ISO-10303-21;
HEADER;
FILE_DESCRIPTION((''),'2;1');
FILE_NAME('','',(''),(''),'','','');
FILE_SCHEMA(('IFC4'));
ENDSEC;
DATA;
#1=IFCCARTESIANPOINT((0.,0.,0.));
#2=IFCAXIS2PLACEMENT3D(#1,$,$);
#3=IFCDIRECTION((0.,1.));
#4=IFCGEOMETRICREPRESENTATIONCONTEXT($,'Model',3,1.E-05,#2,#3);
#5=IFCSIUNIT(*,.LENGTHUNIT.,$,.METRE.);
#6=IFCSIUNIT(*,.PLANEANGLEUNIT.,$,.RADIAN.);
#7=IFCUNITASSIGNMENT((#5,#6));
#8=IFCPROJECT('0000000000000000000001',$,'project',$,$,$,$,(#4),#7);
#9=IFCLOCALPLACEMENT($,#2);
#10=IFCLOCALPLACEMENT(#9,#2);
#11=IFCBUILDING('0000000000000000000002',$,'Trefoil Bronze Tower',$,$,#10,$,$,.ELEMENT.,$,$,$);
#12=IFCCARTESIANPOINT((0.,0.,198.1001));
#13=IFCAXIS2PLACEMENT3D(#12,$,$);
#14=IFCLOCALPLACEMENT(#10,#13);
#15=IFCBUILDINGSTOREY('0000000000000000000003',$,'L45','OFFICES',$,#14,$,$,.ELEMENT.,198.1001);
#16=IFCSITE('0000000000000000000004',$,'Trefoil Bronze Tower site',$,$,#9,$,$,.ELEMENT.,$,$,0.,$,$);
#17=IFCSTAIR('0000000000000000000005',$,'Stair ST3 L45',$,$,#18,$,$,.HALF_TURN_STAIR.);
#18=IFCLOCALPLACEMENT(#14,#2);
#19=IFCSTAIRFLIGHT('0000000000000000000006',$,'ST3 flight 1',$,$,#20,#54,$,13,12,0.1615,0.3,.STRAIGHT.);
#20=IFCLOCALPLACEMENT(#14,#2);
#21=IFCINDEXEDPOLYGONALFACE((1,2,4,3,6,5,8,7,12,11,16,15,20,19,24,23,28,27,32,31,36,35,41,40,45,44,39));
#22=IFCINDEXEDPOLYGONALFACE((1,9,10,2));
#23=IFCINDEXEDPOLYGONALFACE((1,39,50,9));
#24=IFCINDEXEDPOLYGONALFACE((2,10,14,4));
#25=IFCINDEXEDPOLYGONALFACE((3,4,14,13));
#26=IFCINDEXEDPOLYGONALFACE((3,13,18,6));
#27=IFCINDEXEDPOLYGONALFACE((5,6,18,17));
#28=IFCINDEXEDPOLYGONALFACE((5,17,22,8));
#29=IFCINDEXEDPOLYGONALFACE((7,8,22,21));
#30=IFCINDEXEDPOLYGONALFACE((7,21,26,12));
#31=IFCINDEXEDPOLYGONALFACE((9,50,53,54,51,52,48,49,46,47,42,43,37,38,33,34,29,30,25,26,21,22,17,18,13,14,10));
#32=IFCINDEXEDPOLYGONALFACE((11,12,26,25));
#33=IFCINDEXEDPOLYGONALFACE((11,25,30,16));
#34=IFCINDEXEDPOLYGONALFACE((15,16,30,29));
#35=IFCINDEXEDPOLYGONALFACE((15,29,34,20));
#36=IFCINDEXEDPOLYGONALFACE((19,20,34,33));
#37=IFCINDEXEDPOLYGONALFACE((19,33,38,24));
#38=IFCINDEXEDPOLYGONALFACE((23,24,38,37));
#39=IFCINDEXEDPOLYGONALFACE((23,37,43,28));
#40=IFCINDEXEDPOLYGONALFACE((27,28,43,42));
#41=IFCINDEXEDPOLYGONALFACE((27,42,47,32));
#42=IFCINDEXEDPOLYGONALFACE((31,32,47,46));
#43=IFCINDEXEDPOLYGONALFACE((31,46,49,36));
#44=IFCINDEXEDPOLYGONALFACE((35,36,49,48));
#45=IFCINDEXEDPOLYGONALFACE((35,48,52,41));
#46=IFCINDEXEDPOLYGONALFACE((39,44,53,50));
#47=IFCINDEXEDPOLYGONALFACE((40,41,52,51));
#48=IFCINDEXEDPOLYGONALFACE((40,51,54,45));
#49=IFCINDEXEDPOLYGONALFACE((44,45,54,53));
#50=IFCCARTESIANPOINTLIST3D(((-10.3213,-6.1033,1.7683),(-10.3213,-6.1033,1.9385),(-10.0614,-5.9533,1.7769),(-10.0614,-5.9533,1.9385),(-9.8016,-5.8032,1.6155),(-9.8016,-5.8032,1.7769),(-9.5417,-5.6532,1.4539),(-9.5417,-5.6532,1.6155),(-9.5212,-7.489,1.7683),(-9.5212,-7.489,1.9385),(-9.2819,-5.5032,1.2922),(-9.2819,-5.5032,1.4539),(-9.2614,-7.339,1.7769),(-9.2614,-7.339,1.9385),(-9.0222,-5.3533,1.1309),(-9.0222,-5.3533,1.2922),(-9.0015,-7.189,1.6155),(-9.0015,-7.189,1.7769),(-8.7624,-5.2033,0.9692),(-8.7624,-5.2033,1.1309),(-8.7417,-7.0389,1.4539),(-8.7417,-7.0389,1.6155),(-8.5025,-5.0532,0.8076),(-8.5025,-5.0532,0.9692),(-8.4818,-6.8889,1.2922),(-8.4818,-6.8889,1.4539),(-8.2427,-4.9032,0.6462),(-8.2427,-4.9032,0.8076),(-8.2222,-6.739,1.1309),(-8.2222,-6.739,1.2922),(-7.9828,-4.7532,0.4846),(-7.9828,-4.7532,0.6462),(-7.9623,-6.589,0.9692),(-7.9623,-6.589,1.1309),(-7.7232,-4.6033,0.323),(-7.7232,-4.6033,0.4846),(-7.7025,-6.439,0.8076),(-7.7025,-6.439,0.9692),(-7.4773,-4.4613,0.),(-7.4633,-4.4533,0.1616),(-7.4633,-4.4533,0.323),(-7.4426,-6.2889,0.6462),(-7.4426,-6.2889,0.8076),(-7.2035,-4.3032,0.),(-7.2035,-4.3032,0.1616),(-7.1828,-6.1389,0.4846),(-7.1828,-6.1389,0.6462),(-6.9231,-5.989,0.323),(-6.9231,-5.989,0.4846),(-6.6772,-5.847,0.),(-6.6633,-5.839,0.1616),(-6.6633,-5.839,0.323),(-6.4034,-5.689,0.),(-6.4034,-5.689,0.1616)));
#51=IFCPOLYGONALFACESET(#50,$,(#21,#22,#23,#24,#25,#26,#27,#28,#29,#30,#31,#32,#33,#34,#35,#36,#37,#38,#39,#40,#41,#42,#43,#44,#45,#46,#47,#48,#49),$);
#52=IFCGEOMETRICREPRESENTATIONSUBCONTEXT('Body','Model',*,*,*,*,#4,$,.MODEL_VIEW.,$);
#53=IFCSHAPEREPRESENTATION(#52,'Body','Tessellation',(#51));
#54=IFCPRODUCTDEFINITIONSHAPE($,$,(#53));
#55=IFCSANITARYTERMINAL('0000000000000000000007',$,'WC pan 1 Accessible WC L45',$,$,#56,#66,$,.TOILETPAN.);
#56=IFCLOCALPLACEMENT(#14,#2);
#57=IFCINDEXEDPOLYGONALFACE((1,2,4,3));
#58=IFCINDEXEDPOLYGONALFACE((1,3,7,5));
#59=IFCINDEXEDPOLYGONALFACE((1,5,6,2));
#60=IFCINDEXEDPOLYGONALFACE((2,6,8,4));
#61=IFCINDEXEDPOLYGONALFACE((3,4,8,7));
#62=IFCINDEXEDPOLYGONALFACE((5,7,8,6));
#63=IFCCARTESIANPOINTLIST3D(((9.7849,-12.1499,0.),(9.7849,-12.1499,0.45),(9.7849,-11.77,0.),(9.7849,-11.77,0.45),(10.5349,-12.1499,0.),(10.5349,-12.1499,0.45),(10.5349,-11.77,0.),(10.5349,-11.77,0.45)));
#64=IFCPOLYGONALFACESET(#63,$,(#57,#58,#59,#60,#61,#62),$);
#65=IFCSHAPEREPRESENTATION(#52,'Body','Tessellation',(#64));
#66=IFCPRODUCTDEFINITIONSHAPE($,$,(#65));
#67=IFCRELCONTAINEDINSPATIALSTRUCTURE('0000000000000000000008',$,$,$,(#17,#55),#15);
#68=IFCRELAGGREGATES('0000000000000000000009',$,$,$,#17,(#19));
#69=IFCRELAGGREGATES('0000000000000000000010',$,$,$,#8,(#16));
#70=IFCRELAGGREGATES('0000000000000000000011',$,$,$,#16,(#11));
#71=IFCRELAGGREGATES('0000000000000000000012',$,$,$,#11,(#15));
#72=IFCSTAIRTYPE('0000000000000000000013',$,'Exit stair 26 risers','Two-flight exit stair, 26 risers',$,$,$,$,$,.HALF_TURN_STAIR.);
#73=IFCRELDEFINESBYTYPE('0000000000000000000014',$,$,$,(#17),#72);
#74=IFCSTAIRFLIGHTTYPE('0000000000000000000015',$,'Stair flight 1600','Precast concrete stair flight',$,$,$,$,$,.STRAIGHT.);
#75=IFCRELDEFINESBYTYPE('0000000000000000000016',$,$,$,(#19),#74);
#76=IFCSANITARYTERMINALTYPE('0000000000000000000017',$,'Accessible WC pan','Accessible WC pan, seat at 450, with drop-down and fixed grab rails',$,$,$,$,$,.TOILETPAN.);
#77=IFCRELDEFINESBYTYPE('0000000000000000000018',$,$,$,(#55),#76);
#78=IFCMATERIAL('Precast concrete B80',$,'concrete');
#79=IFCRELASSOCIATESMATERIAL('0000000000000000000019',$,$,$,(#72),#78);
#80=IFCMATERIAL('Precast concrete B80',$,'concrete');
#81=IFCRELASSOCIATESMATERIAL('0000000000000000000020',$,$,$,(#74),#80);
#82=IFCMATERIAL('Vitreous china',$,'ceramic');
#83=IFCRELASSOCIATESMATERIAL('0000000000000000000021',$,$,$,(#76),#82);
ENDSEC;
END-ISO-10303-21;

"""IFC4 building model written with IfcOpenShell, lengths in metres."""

from ifc_helpers import new_model, si_unit, direction, frame, origin, place, context, subcontext, project, spatial, polyline, outline, extrude, material, type_object, element, aggregate, save


model = new_model("IFC4")

# Units and contexts
model_context = context("Model", 3, precision=1e-05, world=origin(), true_north=direction((0.0, 1.0)))
body_context = subcontext(model_context, "Body", "Model", "MODEL_VIEW")
ifc_project = project(units=[si_unit("LENGTHUNIT", "METRE"), si_unit("PLANEANGLEUNIT", "RADIAN")], contexts=[model_context])

# Site, building, storey
site_placement = place(None, origin())
site = spatial("IfcSite", under=ifc_project, at=site_placement, Name="Trefoil Bronze Tower site", CompositionType="ELEMENT", RefElevation=0.0)
building_placement = place(site_placement, origin())
building = spatial("IfcBuilding", under=site, at=building_placement, Name="Trefoil Bronze Tower", CompositionType="ELEMENT")
storey_placement = place(building_placement, frame((0.0, 0.0, 198.1001)))
storey = spatial("IfcBuildingStorey", under=building, at=storey_placement, Name="L45", Description="OFFICES", CompositionType="ELEMENT", Elevation=198.1001)

# Stair, stair flight
ifc_material_1 = material(Name="Precast concrete B80", Category="concrete")
stair_type = type_object("IfcStairType", Name="Exit stair 26 risers", Description="Two-flight exit stair, 26 risers", PredefinedType="HALF_TURN_STAIR", material=ifc_material_1)
stair_placement = place(storey_placement, origin())
stair = element("IfcStair", 1, at=stair_placement, inside=storey, type_object=stair_type, Name="Stair ST3 L45", PredefinedType="HALF_TURN_STAIR")
ifc_material_2 = material(Name="Precast concrete B80", Category="concrete")
stair_flight_type = type_object("IfcStairFlightType", Name="Stair flight 1600", Description="Precast concrete stair flight", PredefinedType="STRAIGHT", material=ifc_material_2)
stair_flight_placement = place(storey_placement, frame((-6.8035, -4.9961, 0.0), z_axis=(0.0, 0.0, 1.0), x_axis=(-0.866025, -0.5, 0.0)))
stair_flight = element("IfcStairFlight", 2, at=stair_flight_placement, type_object=stair_flight_type, Name="ST3 flight 1", NumberOfRisers=13, NumberOfTreads=12, PredefinedType="STRAIGHT", RiserHeight=0.1615, TreadLength=0.3, context=body_context, shape_type="SweptSolid", body=[
    extrude(outline(polyline([(0.0, 0.0), (0.0, 0.1616), (0.3, 0.1616), (0.3, 0.323), (0.6001, 0.323), (0.6001, 0.4846), (0.8999, 0.4846), (0.8999, 0.6462), (1.2, 0.6462), (1.2, 0.8076), (1.5, 0.8076), (1.5, 0.9692), (1.8, 0.9692), (1.8, 1.1309), (2.1001, 1.1309), (2.1001, 1.2922), (2.3999, 1.2922), (2.3999, 1.4539), (2.7, 1.4539), (2.7, 1.6155), (3.0, 1.6155), (3.0, 1.7769), (3.3, 1.7769), (3.3, 1.9385), (3.6001, 1.9385), (3.6001, 2.1001), (3.6001, 1.7683), (0.3162, 0.0), (0.0, 0.0)])), frame((0.0, 0.8, 0.0), z_axis=(0.0, -1.0, 0.0), x_axis=(1.0, 0.0, 0.0)), (0.0, 0.0, 1.0), 1.6001),
])
aggregate(stair, [stair_flight])

# Sanitary terminal
ifc_material_3 = material(Name="Vitreous china", Category="ceramic")
sanitary_terminal_type = type_object("IfcSanitaryTerminalType", Name="Accessible WC pan", Description="Accessible WC pan, seat at 450, with drop-down and fixed grab rails", PredefinedType="TOILETPAN", material=ifc_material_3)
sanitary_terminal_placement = place(storey_placement, origin())
element("IfcSanitaryTerminal", 3, at=sanitary_terminal_placement, inside=storey, type_object=sanitary_terminal_type, Name="WC pan 1 Accessible WC L45", PredefinedType="TOILETPAN", context=body_context, shape_type="SweptSolid", body=[
    extrude(outline(polyline([(9.7849, -11.77), (10.5349, -11.77), (10.5349, -12.1499), (9.7849, -12.1499), (9.7849, -11.77)])), origin(), (0.0, 0.0, 1.0), 0.45),
])

save(model, "model.ifc")
